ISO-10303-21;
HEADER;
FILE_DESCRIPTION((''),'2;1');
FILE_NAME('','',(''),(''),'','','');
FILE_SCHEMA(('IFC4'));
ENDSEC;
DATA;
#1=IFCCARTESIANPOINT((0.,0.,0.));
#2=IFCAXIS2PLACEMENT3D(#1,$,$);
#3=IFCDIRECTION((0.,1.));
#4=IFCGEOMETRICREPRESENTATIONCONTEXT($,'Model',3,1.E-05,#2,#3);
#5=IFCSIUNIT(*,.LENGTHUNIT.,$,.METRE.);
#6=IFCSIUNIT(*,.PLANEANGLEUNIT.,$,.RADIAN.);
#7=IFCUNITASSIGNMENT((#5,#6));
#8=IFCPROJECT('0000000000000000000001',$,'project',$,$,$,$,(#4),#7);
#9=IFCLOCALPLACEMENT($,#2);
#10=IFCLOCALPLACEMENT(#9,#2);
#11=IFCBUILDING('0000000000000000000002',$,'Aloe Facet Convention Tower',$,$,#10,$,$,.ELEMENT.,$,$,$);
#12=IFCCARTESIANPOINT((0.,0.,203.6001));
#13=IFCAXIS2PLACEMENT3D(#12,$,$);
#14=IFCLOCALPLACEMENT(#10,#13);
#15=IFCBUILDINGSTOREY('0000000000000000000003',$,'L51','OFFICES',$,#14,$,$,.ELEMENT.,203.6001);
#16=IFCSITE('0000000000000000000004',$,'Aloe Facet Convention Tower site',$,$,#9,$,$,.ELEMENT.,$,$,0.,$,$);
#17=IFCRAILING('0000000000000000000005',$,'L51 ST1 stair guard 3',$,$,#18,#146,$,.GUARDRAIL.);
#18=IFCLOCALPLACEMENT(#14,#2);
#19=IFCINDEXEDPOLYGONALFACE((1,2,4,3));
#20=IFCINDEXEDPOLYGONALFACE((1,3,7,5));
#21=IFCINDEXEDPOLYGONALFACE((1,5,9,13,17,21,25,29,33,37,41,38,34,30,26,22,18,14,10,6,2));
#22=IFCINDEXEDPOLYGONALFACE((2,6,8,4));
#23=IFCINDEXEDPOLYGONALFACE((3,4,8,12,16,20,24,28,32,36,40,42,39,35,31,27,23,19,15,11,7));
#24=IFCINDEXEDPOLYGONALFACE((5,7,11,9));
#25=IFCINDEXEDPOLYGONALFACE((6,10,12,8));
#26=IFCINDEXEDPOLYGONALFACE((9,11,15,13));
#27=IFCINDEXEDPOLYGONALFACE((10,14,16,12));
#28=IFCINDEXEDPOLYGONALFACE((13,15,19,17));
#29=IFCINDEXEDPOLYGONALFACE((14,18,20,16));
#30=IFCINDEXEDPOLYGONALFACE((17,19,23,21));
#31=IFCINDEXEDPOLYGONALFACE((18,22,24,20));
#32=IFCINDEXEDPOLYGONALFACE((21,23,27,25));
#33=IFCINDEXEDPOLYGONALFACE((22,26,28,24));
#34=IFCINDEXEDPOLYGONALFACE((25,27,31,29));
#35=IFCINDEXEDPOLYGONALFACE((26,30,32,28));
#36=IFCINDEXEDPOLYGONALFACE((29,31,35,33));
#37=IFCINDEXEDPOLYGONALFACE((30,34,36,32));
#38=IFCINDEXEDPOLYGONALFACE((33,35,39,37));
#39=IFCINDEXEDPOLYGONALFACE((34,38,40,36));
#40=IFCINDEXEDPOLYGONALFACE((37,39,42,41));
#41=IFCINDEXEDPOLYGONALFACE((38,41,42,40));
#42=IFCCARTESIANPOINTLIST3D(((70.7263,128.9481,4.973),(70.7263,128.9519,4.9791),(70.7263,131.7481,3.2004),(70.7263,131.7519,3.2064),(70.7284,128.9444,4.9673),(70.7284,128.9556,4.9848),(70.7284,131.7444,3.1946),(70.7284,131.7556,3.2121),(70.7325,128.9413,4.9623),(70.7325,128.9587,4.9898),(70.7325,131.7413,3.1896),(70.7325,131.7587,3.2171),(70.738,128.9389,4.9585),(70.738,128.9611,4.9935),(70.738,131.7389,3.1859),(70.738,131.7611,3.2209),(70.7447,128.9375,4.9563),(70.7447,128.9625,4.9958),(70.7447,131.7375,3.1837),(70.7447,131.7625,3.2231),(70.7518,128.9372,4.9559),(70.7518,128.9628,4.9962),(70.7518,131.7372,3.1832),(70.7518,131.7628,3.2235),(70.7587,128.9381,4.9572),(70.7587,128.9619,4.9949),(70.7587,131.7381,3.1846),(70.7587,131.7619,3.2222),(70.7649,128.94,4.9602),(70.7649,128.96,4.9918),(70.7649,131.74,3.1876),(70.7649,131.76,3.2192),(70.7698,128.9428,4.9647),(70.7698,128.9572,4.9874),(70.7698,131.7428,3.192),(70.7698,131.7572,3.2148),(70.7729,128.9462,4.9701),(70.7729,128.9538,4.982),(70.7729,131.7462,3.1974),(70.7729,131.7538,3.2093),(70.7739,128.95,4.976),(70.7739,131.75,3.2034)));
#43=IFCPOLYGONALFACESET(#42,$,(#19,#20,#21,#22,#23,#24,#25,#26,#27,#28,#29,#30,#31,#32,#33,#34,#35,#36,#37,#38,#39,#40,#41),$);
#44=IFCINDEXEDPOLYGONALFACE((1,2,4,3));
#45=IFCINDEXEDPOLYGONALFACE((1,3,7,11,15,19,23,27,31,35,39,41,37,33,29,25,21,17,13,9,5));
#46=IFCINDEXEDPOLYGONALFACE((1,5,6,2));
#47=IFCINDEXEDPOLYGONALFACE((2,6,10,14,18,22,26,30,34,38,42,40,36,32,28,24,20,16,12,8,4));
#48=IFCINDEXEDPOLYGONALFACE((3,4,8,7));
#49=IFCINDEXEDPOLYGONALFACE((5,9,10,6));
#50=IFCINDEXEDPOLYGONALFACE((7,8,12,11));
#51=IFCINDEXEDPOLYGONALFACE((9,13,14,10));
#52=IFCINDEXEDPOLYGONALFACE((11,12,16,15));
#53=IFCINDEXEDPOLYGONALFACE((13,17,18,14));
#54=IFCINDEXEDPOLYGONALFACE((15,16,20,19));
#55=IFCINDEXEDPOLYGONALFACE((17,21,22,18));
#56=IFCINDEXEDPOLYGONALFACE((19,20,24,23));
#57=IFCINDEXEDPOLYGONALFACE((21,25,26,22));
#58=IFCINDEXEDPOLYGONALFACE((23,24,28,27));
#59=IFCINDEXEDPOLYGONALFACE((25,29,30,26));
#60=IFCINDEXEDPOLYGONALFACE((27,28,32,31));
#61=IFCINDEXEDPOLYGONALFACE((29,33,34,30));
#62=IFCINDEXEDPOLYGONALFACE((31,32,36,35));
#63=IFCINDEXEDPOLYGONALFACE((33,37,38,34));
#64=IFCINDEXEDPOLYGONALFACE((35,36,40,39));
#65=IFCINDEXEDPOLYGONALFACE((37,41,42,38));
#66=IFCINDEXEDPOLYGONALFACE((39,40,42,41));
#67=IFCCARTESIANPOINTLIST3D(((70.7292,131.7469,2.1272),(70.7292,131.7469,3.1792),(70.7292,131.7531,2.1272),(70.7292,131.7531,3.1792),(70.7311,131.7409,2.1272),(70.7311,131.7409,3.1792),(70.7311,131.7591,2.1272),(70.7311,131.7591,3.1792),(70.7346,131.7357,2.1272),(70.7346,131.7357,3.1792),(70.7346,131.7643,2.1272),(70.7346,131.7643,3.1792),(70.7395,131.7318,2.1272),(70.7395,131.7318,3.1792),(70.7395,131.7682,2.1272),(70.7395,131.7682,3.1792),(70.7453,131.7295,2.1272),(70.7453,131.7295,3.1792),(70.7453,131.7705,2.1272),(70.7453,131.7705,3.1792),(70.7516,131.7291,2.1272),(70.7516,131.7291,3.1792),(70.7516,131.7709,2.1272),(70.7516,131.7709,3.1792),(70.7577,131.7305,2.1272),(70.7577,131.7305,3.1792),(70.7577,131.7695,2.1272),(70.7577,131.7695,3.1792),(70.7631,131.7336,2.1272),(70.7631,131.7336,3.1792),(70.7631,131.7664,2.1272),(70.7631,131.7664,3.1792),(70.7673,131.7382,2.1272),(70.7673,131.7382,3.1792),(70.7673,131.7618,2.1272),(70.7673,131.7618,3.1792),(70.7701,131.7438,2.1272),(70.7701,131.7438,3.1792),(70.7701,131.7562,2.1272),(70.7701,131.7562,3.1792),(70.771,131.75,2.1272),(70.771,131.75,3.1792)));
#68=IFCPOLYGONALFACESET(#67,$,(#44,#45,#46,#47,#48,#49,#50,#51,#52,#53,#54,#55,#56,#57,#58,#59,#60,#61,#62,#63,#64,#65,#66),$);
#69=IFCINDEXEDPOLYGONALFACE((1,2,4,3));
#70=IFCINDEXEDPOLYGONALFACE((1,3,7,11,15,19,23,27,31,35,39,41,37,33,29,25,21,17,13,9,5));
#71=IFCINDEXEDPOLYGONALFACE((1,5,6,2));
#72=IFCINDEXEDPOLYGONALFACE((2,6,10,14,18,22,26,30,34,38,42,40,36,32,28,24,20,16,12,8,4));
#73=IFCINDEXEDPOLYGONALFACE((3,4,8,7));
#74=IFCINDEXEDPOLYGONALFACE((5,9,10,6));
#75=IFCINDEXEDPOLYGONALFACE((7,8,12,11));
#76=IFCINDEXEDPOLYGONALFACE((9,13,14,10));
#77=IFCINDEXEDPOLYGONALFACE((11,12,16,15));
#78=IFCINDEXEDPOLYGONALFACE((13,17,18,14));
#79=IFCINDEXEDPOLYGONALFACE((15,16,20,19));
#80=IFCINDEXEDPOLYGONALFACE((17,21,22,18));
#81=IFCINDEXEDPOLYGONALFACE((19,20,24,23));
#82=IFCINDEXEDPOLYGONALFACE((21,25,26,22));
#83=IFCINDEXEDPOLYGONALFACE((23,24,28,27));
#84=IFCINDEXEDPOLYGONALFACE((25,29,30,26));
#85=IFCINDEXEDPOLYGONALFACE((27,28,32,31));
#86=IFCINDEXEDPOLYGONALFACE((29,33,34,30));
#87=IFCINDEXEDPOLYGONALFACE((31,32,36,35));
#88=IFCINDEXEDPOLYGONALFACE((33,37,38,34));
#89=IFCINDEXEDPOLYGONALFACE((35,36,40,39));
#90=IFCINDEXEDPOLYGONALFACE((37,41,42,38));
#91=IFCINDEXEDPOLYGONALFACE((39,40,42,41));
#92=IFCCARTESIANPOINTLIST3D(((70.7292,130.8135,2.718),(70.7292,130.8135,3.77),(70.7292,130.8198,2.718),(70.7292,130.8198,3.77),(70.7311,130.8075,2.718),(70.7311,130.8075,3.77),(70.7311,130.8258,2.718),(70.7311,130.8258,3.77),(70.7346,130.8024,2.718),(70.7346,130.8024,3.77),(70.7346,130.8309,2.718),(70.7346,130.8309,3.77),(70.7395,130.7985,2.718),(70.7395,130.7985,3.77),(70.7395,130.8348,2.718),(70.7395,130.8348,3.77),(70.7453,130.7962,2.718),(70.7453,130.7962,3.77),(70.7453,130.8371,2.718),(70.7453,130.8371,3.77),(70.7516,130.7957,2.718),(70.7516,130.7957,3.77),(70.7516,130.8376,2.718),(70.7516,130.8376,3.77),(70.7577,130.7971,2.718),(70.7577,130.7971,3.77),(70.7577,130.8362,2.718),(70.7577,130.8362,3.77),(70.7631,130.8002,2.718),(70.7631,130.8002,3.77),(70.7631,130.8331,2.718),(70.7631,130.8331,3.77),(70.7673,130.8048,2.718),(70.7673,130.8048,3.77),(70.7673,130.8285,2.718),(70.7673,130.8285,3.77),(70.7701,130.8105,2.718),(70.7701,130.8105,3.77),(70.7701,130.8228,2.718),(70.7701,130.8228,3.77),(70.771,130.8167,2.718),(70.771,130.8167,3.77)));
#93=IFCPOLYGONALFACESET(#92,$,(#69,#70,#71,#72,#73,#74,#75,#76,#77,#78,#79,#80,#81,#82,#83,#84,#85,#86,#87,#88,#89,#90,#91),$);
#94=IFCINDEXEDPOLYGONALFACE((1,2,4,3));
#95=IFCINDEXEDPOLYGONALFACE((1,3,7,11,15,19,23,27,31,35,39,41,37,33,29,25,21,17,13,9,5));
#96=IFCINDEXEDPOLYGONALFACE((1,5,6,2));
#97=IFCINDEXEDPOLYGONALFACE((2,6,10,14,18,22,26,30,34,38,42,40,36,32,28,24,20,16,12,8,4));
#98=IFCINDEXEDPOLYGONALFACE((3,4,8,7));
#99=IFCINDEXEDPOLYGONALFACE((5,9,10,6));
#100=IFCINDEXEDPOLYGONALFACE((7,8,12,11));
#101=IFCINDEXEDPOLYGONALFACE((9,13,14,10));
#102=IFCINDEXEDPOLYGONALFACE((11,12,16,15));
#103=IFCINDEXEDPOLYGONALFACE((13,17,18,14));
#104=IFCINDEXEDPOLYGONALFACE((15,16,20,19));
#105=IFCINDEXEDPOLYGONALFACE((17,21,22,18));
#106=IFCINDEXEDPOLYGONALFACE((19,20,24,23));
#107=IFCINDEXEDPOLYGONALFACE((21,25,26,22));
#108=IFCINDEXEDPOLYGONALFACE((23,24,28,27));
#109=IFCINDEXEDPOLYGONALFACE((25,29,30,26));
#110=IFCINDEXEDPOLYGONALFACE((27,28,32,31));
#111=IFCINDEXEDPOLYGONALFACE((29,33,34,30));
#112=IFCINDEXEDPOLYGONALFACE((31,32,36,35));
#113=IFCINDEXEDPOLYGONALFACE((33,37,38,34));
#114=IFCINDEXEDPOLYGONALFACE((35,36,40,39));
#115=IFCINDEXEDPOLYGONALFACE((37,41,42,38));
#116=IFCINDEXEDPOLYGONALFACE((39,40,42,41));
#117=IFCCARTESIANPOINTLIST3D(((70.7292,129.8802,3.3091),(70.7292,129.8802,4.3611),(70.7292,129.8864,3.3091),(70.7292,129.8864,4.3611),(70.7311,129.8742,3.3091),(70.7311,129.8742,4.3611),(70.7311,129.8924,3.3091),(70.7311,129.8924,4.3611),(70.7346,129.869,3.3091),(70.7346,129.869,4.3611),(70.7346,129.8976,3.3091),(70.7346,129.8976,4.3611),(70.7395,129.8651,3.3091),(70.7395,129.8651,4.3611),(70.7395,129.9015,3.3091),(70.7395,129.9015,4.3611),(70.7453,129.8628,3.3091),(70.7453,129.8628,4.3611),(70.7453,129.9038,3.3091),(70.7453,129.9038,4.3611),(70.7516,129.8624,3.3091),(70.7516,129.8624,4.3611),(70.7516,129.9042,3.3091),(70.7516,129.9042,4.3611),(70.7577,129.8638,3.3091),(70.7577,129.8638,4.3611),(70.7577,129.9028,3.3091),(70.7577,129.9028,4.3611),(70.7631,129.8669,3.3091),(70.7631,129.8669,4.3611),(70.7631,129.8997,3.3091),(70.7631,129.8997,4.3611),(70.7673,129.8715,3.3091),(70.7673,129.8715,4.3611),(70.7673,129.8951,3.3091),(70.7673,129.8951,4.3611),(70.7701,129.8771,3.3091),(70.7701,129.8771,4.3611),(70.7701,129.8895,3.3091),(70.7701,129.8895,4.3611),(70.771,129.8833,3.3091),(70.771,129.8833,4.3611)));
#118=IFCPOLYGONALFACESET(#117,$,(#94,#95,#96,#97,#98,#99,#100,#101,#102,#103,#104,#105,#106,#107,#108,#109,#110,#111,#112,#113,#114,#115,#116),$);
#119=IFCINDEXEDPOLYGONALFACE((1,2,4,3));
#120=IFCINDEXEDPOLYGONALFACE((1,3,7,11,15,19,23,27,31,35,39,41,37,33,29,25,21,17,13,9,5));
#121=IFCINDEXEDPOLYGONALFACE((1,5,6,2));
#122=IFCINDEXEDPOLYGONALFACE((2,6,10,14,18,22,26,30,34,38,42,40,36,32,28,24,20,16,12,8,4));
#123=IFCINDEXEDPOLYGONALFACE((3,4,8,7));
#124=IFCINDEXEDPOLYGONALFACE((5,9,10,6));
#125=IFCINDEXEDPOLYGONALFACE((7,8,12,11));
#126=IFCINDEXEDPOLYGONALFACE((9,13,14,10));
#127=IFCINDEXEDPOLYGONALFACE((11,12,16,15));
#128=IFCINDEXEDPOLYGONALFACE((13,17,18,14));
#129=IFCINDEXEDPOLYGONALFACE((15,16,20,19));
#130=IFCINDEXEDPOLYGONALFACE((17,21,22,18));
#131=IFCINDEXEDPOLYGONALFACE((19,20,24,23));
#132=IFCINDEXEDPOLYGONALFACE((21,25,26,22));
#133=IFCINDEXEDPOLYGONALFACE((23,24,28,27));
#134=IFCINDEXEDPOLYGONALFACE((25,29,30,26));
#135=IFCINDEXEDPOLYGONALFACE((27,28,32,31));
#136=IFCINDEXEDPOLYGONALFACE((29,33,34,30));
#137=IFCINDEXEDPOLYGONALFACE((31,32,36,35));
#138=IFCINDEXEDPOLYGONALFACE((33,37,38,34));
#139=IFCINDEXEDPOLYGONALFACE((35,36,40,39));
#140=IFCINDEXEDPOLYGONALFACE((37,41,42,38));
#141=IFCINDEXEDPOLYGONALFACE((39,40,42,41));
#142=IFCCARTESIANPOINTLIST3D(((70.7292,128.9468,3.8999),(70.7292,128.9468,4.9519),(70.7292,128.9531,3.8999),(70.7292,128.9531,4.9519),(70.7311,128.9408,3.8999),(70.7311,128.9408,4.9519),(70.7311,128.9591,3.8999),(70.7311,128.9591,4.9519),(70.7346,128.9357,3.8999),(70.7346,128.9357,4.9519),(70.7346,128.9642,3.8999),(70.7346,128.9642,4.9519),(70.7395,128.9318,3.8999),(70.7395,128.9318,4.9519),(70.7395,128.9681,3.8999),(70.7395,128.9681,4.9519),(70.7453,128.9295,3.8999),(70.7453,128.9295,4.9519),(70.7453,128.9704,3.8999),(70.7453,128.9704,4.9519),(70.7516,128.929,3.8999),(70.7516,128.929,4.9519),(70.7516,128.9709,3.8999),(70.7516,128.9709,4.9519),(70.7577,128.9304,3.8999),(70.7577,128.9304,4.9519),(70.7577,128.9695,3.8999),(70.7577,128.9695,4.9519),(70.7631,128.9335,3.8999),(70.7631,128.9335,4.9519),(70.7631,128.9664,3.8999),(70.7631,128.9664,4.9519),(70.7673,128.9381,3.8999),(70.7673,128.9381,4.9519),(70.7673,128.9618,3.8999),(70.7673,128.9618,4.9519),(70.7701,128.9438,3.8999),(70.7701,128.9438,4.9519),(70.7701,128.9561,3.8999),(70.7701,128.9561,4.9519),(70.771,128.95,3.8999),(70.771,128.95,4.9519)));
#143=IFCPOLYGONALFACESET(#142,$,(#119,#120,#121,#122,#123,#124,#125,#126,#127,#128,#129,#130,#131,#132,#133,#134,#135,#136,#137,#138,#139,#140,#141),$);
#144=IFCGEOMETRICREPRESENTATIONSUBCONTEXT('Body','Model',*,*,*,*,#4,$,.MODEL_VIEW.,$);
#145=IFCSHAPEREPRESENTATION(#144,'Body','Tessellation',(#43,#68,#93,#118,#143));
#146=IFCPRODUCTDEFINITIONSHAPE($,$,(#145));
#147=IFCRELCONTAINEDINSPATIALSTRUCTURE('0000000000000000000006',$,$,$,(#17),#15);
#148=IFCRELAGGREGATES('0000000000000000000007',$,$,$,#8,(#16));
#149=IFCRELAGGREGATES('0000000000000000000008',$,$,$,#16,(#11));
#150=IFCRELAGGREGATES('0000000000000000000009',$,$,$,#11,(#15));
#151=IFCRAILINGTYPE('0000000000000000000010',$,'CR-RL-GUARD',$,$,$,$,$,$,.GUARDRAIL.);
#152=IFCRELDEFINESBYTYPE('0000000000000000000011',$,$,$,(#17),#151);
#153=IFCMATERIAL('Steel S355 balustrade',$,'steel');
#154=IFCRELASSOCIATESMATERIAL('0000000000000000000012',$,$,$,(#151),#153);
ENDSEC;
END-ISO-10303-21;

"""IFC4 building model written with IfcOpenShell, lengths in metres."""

from ifc_helpers import new_model, si_unit, direction, frame, origin, origin_2d, place, context, subcontext, project, spatial, circle, extrude, material, type_object, element, save


model = new_model("IFC4")

# Units and contexts
model_context = context("Model", 3, precision=1e-05, world=origin(), true_north=direction((0.0, 1.0)))
body_context = subcontext(model_context, "Body", "Model", "MODEL_VIEW")
ifc_project = project(units=[si_unit("LENGTHUNIT", "METRE"), si_unit("PLANEANGLEUNIT", "RADIAN")], contexts=[model_context])

# Site, building, storey
site_placement = place(None, origin())
site = spatial("IfcSite", under=ifc_project, at=site_placement, Name="Aloe Facet Convention Tower site", CompositionType="ELEMENT", RefElevation=0.0)
building_placement = place(site_placement, origin())
building = spatial("IfcBuilding", under=site, at=building_placement, Name="Aloe Facet Convention Tower", CompositionType="ELEMENT")
storey_placement = place(building_placement, frame((0.0, 0.0, 203.6001)))
storey = spatial("IfcBuildingStorey", under=building, at=storey_placement, Name="L51", Description="OFFICES", CompositionType="ELEMENT", Elevation=203.6001)

# Railing
ifc_material_1 = material(Name="Steel S355 balustrade", Category="steel")
railing_type_1 = type_object("IfcRailingType", Name="CR-RL-GUARD", PredefinedType="GUARDRAIL", material=ifc_material_1)
railing_1_placement = place(storey_placement, frame((70.75, 131.75, 2.1272)))
element("IfcRailing", 1, at=railing_1_placement, inside=storey, type_object=railing_type_1, Name="L51 ST1 stair guard 3", PredefinedType="GUARDRAIL", context=body_context, shape_type="SweptSolid", body=[
    extrude(circle(Radius=0.0239, at=origin_2d()), frame((0.0, 0.0, 1.0762), z_axis=(0.0, -0.844909, 0.53491), x_axis=(1.0, 0.0, 0.0)), (0.0, 0.0, 1.0), 3.314),
    extrude(circle(Radius=0.021, at=origin_2d()), origin(), (0.0, 0.0, 1.0), 1.052),
    extrude(circle(Radius=0.021, at=origin_2d()), frame((0.0, -0.9333, 0.5908)), (0.0, 0.0, 1.0), 1.052),
    extrude(circle(Radius=0.021, at=origin_2d()), frame((0.0, -1.8667, 1.1819)), (0.0, 0.0, 1.0), 1.052),
    extrude(circle(Radius=0.021, at=origin_2d()), frame((0.0, -2.8, 1.7727)), (0.0, 0.0, 1.0), 1.052),
])

save(model, "model.ifc")
